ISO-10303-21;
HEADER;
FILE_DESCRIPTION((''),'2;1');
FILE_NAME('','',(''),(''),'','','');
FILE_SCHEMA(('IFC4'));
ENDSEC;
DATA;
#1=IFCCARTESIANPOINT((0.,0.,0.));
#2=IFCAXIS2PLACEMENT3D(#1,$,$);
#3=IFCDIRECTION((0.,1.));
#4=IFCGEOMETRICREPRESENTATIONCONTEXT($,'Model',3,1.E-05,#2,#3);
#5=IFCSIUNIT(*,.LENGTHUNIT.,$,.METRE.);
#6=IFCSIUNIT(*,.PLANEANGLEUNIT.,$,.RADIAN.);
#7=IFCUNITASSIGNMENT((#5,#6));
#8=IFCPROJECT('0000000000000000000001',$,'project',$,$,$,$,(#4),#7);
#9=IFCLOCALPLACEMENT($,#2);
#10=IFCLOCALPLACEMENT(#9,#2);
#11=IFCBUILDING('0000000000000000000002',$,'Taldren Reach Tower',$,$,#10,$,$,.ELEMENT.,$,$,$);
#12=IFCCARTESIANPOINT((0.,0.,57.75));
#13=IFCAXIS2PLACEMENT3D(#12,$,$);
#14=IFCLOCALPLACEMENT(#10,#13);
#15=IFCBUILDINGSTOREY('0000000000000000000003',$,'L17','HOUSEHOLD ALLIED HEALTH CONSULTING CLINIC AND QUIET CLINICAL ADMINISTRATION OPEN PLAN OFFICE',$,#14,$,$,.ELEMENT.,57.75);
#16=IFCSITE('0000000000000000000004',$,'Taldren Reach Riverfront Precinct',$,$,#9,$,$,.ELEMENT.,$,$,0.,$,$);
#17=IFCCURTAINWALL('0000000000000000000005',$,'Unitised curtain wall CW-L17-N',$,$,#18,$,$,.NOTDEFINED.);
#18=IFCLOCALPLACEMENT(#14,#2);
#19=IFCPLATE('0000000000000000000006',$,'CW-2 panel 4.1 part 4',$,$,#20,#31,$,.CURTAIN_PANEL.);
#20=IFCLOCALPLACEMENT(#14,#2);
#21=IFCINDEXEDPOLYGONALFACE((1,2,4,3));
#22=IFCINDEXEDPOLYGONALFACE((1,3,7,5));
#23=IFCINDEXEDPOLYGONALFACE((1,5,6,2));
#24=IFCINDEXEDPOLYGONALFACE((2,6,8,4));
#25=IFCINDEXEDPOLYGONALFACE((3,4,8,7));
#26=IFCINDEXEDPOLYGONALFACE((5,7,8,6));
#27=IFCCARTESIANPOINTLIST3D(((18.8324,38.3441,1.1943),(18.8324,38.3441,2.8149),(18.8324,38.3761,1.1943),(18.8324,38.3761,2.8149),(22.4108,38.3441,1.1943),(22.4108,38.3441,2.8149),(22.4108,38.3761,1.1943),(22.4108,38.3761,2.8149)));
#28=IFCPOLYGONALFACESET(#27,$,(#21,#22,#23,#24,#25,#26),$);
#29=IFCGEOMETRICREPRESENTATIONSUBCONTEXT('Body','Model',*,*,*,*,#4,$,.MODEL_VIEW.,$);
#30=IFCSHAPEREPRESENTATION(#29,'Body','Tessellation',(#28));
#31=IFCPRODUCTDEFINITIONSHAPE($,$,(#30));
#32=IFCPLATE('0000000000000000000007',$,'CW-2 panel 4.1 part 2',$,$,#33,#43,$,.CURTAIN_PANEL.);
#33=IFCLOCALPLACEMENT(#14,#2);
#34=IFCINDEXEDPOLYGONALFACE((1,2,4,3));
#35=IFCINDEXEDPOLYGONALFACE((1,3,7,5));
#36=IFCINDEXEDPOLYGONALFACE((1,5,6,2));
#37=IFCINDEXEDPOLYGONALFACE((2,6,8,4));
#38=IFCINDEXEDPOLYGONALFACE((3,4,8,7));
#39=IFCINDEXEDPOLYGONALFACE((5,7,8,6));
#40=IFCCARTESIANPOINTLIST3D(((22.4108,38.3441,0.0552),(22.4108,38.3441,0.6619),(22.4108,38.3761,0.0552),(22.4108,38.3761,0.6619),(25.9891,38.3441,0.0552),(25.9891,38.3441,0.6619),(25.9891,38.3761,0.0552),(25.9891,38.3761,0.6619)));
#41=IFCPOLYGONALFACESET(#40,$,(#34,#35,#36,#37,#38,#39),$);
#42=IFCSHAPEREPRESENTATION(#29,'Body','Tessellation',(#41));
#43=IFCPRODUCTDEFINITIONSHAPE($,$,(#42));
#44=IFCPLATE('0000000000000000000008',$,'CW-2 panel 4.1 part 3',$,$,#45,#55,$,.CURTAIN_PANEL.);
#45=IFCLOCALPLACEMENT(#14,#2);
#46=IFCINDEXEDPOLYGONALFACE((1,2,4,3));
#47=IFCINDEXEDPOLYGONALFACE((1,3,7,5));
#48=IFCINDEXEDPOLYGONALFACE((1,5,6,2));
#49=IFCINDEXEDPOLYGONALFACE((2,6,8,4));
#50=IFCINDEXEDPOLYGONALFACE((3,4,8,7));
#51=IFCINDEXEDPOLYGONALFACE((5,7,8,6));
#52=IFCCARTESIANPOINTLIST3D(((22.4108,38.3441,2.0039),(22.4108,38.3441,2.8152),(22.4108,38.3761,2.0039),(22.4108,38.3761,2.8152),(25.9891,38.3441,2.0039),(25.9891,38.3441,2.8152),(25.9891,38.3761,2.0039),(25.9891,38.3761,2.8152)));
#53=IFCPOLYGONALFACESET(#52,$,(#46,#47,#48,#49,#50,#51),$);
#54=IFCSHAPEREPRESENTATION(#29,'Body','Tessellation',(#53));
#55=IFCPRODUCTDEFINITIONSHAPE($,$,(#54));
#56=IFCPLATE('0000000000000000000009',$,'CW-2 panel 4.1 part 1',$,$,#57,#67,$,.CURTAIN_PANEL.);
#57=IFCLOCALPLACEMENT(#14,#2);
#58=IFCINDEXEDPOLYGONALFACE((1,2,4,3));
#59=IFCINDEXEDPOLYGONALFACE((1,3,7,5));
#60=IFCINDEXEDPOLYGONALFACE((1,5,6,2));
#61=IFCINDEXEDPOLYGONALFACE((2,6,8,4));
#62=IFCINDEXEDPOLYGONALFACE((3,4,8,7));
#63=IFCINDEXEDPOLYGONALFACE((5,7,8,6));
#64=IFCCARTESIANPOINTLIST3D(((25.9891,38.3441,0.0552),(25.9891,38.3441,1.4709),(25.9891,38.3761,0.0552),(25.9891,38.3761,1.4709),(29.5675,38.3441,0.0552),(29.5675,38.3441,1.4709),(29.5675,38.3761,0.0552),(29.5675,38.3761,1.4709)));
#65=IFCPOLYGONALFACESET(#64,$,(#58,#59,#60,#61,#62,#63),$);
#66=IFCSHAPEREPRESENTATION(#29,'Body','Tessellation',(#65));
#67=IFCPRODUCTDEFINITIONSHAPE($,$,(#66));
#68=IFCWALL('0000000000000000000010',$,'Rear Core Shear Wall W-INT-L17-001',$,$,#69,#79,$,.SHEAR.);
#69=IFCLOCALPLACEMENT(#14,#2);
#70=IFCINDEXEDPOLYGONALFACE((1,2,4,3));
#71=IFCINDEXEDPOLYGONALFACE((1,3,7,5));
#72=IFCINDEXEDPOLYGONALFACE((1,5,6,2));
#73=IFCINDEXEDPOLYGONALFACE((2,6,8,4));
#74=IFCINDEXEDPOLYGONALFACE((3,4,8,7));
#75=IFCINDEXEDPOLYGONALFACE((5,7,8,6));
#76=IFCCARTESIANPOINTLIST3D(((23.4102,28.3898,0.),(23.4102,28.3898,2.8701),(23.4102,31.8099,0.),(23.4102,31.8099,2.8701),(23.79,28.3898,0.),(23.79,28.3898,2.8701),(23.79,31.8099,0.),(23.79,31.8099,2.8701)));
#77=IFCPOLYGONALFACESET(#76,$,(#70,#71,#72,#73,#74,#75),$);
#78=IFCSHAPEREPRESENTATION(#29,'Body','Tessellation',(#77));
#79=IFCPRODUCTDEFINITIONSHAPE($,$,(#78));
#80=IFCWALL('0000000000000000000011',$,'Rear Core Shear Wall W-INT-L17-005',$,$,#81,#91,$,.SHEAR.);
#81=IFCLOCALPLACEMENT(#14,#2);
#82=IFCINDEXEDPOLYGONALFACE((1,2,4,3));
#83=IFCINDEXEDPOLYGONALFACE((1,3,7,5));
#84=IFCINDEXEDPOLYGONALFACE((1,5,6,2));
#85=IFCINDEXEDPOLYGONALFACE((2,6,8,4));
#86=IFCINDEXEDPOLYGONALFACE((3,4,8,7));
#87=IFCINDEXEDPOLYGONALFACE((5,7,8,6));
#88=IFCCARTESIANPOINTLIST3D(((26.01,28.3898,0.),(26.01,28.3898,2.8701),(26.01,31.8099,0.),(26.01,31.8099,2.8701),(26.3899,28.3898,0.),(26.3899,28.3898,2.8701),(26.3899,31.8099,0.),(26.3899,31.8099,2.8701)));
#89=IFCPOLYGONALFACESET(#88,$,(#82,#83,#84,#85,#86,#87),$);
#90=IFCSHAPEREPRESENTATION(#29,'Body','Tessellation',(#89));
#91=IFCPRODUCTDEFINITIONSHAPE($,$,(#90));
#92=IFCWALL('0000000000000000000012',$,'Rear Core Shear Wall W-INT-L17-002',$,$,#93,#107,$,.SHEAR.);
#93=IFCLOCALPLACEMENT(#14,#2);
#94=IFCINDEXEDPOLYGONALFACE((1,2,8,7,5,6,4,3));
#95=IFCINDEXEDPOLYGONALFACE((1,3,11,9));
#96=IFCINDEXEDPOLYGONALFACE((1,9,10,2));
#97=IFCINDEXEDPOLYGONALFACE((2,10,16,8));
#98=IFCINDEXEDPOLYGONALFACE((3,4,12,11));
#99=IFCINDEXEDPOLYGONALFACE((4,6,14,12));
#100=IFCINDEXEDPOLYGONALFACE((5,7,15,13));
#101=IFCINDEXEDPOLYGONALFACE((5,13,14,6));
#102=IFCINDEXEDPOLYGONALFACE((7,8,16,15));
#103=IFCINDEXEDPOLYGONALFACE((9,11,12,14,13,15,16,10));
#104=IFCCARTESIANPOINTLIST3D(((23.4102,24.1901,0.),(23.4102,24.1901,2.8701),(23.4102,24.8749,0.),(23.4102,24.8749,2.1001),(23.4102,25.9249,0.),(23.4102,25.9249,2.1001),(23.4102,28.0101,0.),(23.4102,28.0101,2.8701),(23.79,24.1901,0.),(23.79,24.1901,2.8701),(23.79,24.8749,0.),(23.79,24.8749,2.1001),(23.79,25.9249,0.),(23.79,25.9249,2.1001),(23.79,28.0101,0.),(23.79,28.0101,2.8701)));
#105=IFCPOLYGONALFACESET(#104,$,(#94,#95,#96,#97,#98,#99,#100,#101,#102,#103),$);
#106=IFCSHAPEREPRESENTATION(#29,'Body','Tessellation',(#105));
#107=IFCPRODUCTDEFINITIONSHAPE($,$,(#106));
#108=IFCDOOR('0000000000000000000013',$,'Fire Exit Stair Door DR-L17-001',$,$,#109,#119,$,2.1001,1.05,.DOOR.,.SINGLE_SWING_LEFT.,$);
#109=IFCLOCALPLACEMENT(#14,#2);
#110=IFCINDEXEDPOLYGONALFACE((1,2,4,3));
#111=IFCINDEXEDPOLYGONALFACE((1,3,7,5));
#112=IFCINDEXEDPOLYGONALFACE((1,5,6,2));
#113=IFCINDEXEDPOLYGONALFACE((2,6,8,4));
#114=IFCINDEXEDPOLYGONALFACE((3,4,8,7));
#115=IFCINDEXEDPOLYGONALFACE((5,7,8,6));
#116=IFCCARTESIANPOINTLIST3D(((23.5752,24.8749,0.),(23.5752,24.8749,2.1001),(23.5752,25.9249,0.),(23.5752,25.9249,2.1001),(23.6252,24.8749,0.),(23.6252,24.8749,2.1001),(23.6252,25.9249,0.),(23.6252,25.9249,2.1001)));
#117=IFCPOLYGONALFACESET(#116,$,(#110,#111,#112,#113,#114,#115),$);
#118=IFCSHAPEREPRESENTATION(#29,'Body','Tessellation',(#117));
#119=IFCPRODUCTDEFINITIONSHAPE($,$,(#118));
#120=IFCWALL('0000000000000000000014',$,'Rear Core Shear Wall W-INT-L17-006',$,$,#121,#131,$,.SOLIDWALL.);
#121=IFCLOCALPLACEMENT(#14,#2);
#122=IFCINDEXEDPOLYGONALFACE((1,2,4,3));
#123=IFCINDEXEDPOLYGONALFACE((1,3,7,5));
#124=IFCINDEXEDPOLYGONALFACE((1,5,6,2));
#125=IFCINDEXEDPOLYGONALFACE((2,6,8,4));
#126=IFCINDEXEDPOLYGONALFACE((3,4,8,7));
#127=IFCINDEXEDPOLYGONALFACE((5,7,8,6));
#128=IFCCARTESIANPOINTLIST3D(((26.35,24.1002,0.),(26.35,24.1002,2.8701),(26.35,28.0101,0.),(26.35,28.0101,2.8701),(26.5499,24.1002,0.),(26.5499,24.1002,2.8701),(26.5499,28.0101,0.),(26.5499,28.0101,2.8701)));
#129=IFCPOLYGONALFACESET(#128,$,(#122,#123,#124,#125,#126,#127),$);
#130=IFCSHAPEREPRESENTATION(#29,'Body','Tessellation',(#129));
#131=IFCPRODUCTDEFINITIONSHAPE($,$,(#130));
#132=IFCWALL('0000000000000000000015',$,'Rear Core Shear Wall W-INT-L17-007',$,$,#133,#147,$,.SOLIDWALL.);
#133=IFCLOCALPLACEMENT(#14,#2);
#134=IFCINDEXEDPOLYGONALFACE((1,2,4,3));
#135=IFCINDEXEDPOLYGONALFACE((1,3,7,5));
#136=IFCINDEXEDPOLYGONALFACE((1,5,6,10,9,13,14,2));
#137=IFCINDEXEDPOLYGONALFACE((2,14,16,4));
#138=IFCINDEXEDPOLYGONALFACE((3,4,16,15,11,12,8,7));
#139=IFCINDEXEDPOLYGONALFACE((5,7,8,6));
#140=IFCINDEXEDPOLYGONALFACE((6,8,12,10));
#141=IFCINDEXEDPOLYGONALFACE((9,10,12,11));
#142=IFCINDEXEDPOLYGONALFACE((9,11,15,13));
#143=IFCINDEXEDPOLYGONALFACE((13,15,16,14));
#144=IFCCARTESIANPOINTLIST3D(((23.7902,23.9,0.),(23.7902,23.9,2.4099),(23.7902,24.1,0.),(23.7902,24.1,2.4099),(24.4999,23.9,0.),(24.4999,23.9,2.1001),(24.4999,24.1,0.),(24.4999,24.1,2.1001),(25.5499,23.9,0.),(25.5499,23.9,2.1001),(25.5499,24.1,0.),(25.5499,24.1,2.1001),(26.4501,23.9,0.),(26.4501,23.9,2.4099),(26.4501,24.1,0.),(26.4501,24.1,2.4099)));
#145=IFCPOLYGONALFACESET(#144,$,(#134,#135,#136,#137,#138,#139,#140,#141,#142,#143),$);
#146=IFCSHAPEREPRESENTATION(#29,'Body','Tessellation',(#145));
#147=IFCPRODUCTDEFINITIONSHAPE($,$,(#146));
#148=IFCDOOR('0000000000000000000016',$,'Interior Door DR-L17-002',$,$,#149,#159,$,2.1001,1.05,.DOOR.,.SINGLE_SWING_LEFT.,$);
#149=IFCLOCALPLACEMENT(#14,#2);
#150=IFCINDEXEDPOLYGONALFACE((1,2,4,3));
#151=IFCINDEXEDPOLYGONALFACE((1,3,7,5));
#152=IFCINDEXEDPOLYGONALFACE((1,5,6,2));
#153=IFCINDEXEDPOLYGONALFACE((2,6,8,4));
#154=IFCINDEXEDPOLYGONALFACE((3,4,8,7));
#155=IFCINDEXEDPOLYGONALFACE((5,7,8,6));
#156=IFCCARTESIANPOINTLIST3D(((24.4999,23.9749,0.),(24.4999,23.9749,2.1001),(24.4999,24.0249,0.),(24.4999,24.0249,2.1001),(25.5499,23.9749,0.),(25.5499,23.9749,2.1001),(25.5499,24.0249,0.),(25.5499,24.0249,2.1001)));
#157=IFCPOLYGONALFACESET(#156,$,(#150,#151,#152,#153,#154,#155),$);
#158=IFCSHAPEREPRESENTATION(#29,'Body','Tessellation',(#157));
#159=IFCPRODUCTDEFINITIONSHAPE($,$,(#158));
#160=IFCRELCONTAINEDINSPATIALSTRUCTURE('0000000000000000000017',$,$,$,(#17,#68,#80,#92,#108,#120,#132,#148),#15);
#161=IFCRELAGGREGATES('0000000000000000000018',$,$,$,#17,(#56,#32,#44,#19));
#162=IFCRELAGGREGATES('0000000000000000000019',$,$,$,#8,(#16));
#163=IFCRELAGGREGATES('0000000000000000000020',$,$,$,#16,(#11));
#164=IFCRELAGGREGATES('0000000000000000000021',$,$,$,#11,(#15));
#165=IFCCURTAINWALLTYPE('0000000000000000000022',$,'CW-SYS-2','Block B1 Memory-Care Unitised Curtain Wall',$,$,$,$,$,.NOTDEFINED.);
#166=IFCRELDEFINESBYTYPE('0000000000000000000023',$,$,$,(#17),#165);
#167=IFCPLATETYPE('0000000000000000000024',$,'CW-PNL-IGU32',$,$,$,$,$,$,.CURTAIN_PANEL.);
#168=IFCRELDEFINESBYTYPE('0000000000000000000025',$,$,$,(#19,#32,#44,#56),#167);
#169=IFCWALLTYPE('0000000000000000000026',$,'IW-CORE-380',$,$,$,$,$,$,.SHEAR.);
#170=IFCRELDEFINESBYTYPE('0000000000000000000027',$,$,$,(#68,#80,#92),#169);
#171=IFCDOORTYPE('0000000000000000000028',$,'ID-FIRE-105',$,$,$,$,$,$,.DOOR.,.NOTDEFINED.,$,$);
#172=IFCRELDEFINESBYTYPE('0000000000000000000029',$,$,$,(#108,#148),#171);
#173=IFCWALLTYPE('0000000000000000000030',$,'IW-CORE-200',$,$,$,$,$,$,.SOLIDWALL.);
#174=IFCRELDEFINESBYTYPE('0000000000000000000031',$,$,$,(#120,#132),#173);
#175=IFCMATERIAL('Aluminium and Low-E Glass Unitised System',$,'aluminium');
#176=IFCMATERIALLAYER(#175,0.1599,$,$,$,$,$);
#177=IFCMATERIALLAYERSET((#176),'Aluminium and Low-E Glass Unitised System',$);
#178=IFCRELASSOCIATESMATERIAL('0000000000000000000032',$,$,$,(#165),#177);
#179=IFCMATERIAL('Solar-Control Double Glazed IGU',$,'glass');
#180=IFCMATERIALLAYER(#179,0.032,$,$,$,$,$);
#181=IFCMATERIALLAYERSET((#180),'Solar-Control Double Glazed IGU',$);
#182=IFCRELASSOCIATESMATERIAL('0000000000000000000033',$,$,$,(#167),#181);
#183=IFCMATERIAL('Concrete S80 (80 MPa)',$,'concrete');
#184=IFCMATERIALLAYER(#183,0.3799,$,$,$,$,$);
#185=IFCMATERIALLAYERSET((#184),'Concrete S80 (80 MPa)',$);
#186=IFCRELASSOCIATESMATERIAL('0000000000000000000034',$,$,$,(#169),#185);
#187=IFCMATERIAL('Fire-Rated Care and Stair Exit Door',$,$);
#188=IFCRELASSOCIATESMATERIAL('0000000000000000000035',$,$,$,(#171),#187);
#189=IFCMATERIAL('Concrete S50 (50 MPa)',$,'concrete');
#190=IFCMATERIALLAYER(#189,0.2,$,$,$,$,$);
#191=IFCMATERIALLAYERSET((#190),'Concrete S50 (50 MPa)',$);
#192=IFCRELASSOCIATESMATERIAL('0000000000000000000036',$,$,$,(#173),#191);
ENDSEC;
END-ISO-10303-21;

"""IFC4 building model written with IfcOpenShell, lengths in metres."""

from ifc_helpers import new_model, si_unit, direction, frame, frame_2d, origin, origin_2d, place, context, subcontext, project, spatial, rectangle, extrude, source, transform, mapped, material, layer, layer_set, type_object, element, fill, aggregate, save


model = new_model("IFC4")

# Units and contexts
model_context = context("Model", 3, precision=1e-05, world=origin(), true_north=direction((0.0, 1.0)))
body_context = subcontext(model_context, "Body", "Model", "MODEL_VIEW")
ifc_project = project(units=[si_unit("LENGTHUNIT", "METRE"), si_unit("PLANEANGLEUNIT", "RADIAN")], contexts=[model_context])

# Site, building, storey
site_placement = place(None, origin())
site = spatial("IfcSite", under=ifc_project, at=site_placement, Name="Taldren Reach Riverfront Precinct", CompositionType="ELEMENT", RefElevation=0.0)
building_placement = place(site_placement, origin())
building = spatial("IfcBuilding", under=site, at=building_placement, Name="Taldren Reach Tower", CompositionType="ELEMENT")
storey_placement = place(building_placement, frame((0.0, 0.0, 57.75)))
storey = spatial("IfcBuildingStorey", under=building, at=storey_placement, Name="L17", Description="HOUSEHOLD ALLIED HEALTH CONSULTING CLINIC AND QUIET CLINICAL ADMINISTRATION OPEN PLAN OFFICE", CompositionType="ELEMENT", Elevation=57.75)

# Curtain wall, plates
ifc_material_1 = material(Name="Aluminium and Low-E Glass Unitised System", Category="aluminium")
ifc_layer_1 = layer(ifc_material_1, 0.1599)
ifc_layer_set_1 = layer_set([ifc_layer_1], Name="Aluminium and Low-E Glass Unitised System")
curtain_wall_type = type_object("IfcCurtainWallType", Name="CW-SYS-2", Description="Block B1 Memory-Care Unitised Curtain Wall", PredefinedType="NOTDEFINED", material=ifc_layer_set_1)
curtain_wall_placement = place(storey_placement, origin())
curtain_wall = element("IfcCurtainWall", 1, at=curtain_wall_placement, inside=storey, type_object=curtain_wall_type, Name="Unitised curtain wall CW-L17-N", PredefinedType="NOTDEFINED")
ifc_material_2 = material(Name="Solar-Control Double Glazed IGU", Category="glass")
ifc_layer_2 = layer(ifc_material_2, 0.032)
ifc_layer_set_2 = layer_set([ifc_layer_2], Name="Solar-Control Double Glazed IGU")
plate_type_1 = type_object("IfcPlateType", Name="CW-PNL-IGU32", PredefinedType="CURTAIN_PANEL", material=ifc_layer_set_2)
shared_shape_1 = source(origin(), body_context, "Body", "SweptSolid", [
    extrude(rectangle(XDim=3.5784, YDim=0.032, at=origin_2d()), origin(), (0.0, 0.0, 1.0), 1.6206),
])
plate_1_placement = place(storey_placement, frame((20.6216, 38.3601, 1.1943), z_axis=(0.0, 0.0, 1.0), x_axis=(-1.0, 0.0, 0.0)))
plate_1 = element("IfcPlate", 2, at=plate_1_placement, type_object=plate_type_1, Name="CW-2 panel 4.1 part 4", PredefinedType="CURTAIN_PANEL", context=body_context, shape_type="MappedRepresentation", body=[
    mapped(shared_shape_1, transform((0.0, 0.0, 0.0), scale=1.0)),
])
shared_shape_2 = source(origin(), body_context, "Body", "SweptSolid", [
    extrude(rectangle(XDim=3.5784, YDim=0.032, at=origin_2d()), origin(), (0.0, 0.0, 1.0), 0.6067),
])
plate_2_placement = place(storey_placement, frame((24.2, 38.3601, 0.0552), z_axis=(0.0, 0.0, 1.0), x_axis=(-1.0, 0.0, 0.0)))
plate_2 = element("IfcPlate", 3, at=plate_2_placement, type_object=plate_type_1, Name="CW-2 panel 4.1 part 2", PredefinedType="CURTAIN_PANEL", context=body_context, shape_type="MappedRepresentation", body=[
    mapped(shared_shape_2, transform((0.0, 0.0, 0.0), scale=1.0)),
])
shared_shape_3 = source(origin(), body_context, "Body", "SweptSolid", [
    extrude(rectangle(XDim=3.5784, YDim=0.032, at=origin_2d()), origin(), (0.0, 0.0, 1.0), 0.8113),
])
plate_3_placement = place(storey_placement, frame((24.2, 38.3601, 2.0039), z_axis=(0.0, 0.0, 1.0), x_axis=(-1.0, 0.0, 0.0)))
plate_3 = element("IfcPlate", 4, at=plate_3_placement, type_object=plate_type_1, Name="CW-2 panel 4.1 part 3", PredefinedType="CURTAIN_PANEL", context=body_context, shape_type="MappedRepresentation", body=[
    mapped(shared_shape_3, transform((0.0, 0.0, 0.0), scale=1.0)),
])
shared_shape_4 = source(origin(), body_context, "Body", "SweptSolid", [
    extrude(rectangle(XDim=3.5784, YDim=0.032, at=origin_2d()), origin(), (0.0, 0.0, 1.0), 1.4158),
])
plate_4_placement = place(storey_placement, frame((27.7783, 38.3601, 0.0552), z_axis=(0.0, 0.0, 1.0), x_axis=(-1.0, 0.0, 0.0)))
plate_4 = element("IfcPlate", 5, at=plate_4_placement, type_object=plate_type_1, Name="CW-2 panel 4.1 part 1", PredefinedType="CURTAIN_PANEL", context=body_context, shape_type="MappedRepresentation", body=[
    mapped(shared_shape_4, transform((0.0, 0.0, 0.0), scale=1.0)),
])
aggregate(curtain_wall, [plate_4, plate_2, plate_3, plate_1])

# Walls
ifc_material_3 = material(Name="Concrete S80 (80 MPa)", Category="concrete")
ifc_layer_3 = layer(ifc_material_3, 0.3799)
ifc_layer_set_3 = layer_set([ifc_layer_3], Name="Concrete S80 (80 MPa)")
wall_type_1 = type_object("IfcWallType", Name="IW-CORE-380", PredefinedType="SHEAR", material=ifc_layer_set_3)
shared_shape_5 = source(origin(), body_context, "Body", "SweptSolid", [
    extrude(rectangle(XDim=3.4202, YDim=0.3799, at=frame_2d((1.71, 0.0))), origin(), (0.0, 0.0, 1.0), 2.8701),
])
for number, where, z_axis, x_axis, name in (
    (6, (23.6001, 28.3899, 0.0), (0.0, 0.0, 1.0), (0.0, 1.0, 0.0), "Rear Core Shear Wall W-INT-L17-001"),
    (7, (26.2, 28.3899, 0.0), (0.0, 0.0, 1.0), (0.0, 1.0, 0.0), "Rear Core Shear Wall W-INT-L17-005"),
):
    element("IfcWall", number, at=place(storey_placement, frame(where, z_axis=z_axis, x_axis=x_axis)), inside=storey, type_object=wall_type_1, Name=name, PredefinedType="SHEAR", context=body_context, shape_type="MappedRepresentation", body=[
        mapped(shared_shape_5, transform((0.0, 0.0, 0.0), scale=1.0)),
    ])

# Wall, opening, door
shared_shape_6 = source(origin(), body_context, "Body", "SweptSolid", [
    extrude(rectangle(XDim=3.8201, YDim=0.3799, at=frame_2d((1.9102, 0.0))), origin(), (0.0, 0.0, 1.0), 2.8701),
])
wall_1_placement = place(storey_placement, frame((23.6001, 24.1899, 0.0), z_axis=(0.0, 0.0, 1.0), x_axis=(0.0, 1.0, 0.0)))
wall_1 = element("IfcWall", 8, at=wall_1_placement, inside=storey, type_object=wall_type_1, Name="Rear Core Shear Wall W-INT-L17-002", PredefinedType="SHEAR", context=body_context, shape_type="MappedRepresentation", body=[
    mapped(shared_shape_6, transform((0.0, 0.0, 0.0), scale=1.0)),
])
shared_shape_7 = source(origin(), body_context, "Body", "SweptSolid", [
    extrude(rectangle(XDim=1.05, YDim=2.1001, at=frame_2d((0.5249, 1.05))), frame((0.0, 0.2, 0.0), z_axis=(0.0, -1.0, 0.0), x_axis=(1.0, 0.0, 0.0)), (0.0, 0.0, 1.0), 0.3999),
])
opening_1_placement = place(wall_1_placement, frame((0.6851, 0.0, 0.0)))
opening_1 = element("IfcOpeningElement", 9, at=opening_1_placement, cuts=wall_1, PredefinedType="OPENING", context=body_context, shape_type="MappedRepresentation", body=[
    mapped(shared_shape_7, transform((0.0, 0.0, 0.0), scale=1.0)),
])
ifc_material_4 = material(Name="Fire-Rated Care and Stair Exit Door")
door_type_1 = type_object("IfcDoorType", Name="ID-FIRE-105", OperationType="NOTDEFINED", PredefinedType="DOOR", material=ifc_material_4)
shared_shape_8 = source(origin(), body_context, "Body", "SweptSolid", [
    extrude(rectangle(XDim=1.05, YDim=2.1001, at=frame_2d((0.5249, 1.05))), frame((0.0, 0.0249, 0.0), z_axis=(0.0, -1.0, 0.0), x_axis=(1.0, 0.0, 0.0)), (0.0, 0.0, 1.0), 0.05),
])
door_1_placement = place(opening_1_placement, origin())
door_1 = element("IfcDoor", 10, at=door_1_placement, inside=storey, type_object=door_type_1, Name="Fire Exit Stair Door DR-L17-001", OperationType="SINGLE_SWING_LEFT", OverallHeight=2.1001, OverallWidth=1.05, PredefinedType="DOOR", context=body_context, shape_type="MappedRepresentation", body=[
    mapped(shared_shape_8, transform((0.0, 0.0, 0.0), scale=1.0)),
])
fill(opening_1, door_1)

# Wall
ifc_material_5 = material(Name="Concrete S50 (50 MPa)", Category="concrete")
ifc_layer_4 = layer(ifc_material_5, 0.2)
ifc_layer_set_4 = layer_set([ifc_layer_4], Name="Concrete S50 (50 MPa)")
wall_type_2 = type_object("IfcWallType", Name="IW-CORE-200", PredefinedType="SOLIDWALL", material=ifc_layer_set_4)
shared_shape_9 = source(origin(), body_context, "Body", "SweptSolid", [
    extrude(rectangle(XDim=3.9099, YDim=0.2, at=frame_2d((1.9551, 0.0))), origin(), (0.0, 0.0, 1.0), 2.8701),
])
wall_2_placement = place(storey_placement, frame((26.45, 24.1001, 0.0), z_axis=(0.0, 0.0, 1.0), x_axis=(0.0, 1.0, 0.0)))
element("IfcWall", 11, at=wall_2_placement, inside=storey, type_object=wall_type_2, Name="Rear Core Shear Wall W-INT-L17-006", PredefinedType="SOLIDWALL", context=body_context, shape_type="MappedRepresentation", body=[
    mapped(shared_shape_9, transform((0.0, 0.0, 0.0), scale=1.0)),
])

# Wall, opening, door
shared_shape_10 = source(origin(), body_context, "Body", "SweptSolid", [
    extrude(rectangle(XDim=2.6599, YDim=0.2, at=frame_2d((1.3301, 0.0))), origin(), (0.0, 0.0, 1.0), 2.4099),
])
wall_3_placement = place(storey_placement, frame((23.79, 24.0, 0.0), z_axis=(0.0, 0.0, 1.0), x_axis=(1.0, 0.0, 0.0)))
wall_3 = element("IfcWall", 12, at=wall_3_placement, inside=storey, type_object=wall_type_2, Name="Rear Core Shear Wall W-INT-L17-007", PredefinedType="SOLIDWALL", context=body_context, shape_type="MappedRepresentation", body=[
    mapped(shared_shape_10, transform((0.0, 0.0, 0.0), scale=1.0)),
])
shared_shape_11 = source(origin(), body_context, "Body", "SweptSolid", [
    extrude(rectangle(XDim=1.05, YDim=2.1001, at=frame_2d((0.5249, 1.05))), frame((0.0, 0.1099, 0.0), z_axis=(0.0, -1.0, 0.0), x_axis=(1.0, 0.0, 0.0)), (0.0, 0.0, 1.0), 0.22),
])
opening_2_placement = place(wall_3_placement, frame((0.71, 0.0, 0.0)))
opening_2 = element("IfcOpeningElement", 13, at=opening_2_placement, cuts=wall_3, PredefinedType="OPENING", context=body_context, shape_type="MappedRepresentation", body=[
    mapped(shared_shape_11, transform((0.0, 0.0, 0.0), scale=1.0)),
])
door_2_placement = place(opening_2_placement, origin())
door_2 = element("IfcDoor", 14, at=door_2_placement, inside=storey, type_object=door_type_1, Name="Interior Door DR-L17-002", OperationType="SINGLE_SWING_LEFT", OverallHeight=2.1001, OverallWidth=1.05, PredefinedType="DOOR", context=body_context, shape_type="MappedRepresentation", body=[
    mapped(shared_shape_8, transform((0.0, 0.0, 0.0), scale=1.0)),
])
fill(opening_2, door_2)

save(model, "model.ifc")
